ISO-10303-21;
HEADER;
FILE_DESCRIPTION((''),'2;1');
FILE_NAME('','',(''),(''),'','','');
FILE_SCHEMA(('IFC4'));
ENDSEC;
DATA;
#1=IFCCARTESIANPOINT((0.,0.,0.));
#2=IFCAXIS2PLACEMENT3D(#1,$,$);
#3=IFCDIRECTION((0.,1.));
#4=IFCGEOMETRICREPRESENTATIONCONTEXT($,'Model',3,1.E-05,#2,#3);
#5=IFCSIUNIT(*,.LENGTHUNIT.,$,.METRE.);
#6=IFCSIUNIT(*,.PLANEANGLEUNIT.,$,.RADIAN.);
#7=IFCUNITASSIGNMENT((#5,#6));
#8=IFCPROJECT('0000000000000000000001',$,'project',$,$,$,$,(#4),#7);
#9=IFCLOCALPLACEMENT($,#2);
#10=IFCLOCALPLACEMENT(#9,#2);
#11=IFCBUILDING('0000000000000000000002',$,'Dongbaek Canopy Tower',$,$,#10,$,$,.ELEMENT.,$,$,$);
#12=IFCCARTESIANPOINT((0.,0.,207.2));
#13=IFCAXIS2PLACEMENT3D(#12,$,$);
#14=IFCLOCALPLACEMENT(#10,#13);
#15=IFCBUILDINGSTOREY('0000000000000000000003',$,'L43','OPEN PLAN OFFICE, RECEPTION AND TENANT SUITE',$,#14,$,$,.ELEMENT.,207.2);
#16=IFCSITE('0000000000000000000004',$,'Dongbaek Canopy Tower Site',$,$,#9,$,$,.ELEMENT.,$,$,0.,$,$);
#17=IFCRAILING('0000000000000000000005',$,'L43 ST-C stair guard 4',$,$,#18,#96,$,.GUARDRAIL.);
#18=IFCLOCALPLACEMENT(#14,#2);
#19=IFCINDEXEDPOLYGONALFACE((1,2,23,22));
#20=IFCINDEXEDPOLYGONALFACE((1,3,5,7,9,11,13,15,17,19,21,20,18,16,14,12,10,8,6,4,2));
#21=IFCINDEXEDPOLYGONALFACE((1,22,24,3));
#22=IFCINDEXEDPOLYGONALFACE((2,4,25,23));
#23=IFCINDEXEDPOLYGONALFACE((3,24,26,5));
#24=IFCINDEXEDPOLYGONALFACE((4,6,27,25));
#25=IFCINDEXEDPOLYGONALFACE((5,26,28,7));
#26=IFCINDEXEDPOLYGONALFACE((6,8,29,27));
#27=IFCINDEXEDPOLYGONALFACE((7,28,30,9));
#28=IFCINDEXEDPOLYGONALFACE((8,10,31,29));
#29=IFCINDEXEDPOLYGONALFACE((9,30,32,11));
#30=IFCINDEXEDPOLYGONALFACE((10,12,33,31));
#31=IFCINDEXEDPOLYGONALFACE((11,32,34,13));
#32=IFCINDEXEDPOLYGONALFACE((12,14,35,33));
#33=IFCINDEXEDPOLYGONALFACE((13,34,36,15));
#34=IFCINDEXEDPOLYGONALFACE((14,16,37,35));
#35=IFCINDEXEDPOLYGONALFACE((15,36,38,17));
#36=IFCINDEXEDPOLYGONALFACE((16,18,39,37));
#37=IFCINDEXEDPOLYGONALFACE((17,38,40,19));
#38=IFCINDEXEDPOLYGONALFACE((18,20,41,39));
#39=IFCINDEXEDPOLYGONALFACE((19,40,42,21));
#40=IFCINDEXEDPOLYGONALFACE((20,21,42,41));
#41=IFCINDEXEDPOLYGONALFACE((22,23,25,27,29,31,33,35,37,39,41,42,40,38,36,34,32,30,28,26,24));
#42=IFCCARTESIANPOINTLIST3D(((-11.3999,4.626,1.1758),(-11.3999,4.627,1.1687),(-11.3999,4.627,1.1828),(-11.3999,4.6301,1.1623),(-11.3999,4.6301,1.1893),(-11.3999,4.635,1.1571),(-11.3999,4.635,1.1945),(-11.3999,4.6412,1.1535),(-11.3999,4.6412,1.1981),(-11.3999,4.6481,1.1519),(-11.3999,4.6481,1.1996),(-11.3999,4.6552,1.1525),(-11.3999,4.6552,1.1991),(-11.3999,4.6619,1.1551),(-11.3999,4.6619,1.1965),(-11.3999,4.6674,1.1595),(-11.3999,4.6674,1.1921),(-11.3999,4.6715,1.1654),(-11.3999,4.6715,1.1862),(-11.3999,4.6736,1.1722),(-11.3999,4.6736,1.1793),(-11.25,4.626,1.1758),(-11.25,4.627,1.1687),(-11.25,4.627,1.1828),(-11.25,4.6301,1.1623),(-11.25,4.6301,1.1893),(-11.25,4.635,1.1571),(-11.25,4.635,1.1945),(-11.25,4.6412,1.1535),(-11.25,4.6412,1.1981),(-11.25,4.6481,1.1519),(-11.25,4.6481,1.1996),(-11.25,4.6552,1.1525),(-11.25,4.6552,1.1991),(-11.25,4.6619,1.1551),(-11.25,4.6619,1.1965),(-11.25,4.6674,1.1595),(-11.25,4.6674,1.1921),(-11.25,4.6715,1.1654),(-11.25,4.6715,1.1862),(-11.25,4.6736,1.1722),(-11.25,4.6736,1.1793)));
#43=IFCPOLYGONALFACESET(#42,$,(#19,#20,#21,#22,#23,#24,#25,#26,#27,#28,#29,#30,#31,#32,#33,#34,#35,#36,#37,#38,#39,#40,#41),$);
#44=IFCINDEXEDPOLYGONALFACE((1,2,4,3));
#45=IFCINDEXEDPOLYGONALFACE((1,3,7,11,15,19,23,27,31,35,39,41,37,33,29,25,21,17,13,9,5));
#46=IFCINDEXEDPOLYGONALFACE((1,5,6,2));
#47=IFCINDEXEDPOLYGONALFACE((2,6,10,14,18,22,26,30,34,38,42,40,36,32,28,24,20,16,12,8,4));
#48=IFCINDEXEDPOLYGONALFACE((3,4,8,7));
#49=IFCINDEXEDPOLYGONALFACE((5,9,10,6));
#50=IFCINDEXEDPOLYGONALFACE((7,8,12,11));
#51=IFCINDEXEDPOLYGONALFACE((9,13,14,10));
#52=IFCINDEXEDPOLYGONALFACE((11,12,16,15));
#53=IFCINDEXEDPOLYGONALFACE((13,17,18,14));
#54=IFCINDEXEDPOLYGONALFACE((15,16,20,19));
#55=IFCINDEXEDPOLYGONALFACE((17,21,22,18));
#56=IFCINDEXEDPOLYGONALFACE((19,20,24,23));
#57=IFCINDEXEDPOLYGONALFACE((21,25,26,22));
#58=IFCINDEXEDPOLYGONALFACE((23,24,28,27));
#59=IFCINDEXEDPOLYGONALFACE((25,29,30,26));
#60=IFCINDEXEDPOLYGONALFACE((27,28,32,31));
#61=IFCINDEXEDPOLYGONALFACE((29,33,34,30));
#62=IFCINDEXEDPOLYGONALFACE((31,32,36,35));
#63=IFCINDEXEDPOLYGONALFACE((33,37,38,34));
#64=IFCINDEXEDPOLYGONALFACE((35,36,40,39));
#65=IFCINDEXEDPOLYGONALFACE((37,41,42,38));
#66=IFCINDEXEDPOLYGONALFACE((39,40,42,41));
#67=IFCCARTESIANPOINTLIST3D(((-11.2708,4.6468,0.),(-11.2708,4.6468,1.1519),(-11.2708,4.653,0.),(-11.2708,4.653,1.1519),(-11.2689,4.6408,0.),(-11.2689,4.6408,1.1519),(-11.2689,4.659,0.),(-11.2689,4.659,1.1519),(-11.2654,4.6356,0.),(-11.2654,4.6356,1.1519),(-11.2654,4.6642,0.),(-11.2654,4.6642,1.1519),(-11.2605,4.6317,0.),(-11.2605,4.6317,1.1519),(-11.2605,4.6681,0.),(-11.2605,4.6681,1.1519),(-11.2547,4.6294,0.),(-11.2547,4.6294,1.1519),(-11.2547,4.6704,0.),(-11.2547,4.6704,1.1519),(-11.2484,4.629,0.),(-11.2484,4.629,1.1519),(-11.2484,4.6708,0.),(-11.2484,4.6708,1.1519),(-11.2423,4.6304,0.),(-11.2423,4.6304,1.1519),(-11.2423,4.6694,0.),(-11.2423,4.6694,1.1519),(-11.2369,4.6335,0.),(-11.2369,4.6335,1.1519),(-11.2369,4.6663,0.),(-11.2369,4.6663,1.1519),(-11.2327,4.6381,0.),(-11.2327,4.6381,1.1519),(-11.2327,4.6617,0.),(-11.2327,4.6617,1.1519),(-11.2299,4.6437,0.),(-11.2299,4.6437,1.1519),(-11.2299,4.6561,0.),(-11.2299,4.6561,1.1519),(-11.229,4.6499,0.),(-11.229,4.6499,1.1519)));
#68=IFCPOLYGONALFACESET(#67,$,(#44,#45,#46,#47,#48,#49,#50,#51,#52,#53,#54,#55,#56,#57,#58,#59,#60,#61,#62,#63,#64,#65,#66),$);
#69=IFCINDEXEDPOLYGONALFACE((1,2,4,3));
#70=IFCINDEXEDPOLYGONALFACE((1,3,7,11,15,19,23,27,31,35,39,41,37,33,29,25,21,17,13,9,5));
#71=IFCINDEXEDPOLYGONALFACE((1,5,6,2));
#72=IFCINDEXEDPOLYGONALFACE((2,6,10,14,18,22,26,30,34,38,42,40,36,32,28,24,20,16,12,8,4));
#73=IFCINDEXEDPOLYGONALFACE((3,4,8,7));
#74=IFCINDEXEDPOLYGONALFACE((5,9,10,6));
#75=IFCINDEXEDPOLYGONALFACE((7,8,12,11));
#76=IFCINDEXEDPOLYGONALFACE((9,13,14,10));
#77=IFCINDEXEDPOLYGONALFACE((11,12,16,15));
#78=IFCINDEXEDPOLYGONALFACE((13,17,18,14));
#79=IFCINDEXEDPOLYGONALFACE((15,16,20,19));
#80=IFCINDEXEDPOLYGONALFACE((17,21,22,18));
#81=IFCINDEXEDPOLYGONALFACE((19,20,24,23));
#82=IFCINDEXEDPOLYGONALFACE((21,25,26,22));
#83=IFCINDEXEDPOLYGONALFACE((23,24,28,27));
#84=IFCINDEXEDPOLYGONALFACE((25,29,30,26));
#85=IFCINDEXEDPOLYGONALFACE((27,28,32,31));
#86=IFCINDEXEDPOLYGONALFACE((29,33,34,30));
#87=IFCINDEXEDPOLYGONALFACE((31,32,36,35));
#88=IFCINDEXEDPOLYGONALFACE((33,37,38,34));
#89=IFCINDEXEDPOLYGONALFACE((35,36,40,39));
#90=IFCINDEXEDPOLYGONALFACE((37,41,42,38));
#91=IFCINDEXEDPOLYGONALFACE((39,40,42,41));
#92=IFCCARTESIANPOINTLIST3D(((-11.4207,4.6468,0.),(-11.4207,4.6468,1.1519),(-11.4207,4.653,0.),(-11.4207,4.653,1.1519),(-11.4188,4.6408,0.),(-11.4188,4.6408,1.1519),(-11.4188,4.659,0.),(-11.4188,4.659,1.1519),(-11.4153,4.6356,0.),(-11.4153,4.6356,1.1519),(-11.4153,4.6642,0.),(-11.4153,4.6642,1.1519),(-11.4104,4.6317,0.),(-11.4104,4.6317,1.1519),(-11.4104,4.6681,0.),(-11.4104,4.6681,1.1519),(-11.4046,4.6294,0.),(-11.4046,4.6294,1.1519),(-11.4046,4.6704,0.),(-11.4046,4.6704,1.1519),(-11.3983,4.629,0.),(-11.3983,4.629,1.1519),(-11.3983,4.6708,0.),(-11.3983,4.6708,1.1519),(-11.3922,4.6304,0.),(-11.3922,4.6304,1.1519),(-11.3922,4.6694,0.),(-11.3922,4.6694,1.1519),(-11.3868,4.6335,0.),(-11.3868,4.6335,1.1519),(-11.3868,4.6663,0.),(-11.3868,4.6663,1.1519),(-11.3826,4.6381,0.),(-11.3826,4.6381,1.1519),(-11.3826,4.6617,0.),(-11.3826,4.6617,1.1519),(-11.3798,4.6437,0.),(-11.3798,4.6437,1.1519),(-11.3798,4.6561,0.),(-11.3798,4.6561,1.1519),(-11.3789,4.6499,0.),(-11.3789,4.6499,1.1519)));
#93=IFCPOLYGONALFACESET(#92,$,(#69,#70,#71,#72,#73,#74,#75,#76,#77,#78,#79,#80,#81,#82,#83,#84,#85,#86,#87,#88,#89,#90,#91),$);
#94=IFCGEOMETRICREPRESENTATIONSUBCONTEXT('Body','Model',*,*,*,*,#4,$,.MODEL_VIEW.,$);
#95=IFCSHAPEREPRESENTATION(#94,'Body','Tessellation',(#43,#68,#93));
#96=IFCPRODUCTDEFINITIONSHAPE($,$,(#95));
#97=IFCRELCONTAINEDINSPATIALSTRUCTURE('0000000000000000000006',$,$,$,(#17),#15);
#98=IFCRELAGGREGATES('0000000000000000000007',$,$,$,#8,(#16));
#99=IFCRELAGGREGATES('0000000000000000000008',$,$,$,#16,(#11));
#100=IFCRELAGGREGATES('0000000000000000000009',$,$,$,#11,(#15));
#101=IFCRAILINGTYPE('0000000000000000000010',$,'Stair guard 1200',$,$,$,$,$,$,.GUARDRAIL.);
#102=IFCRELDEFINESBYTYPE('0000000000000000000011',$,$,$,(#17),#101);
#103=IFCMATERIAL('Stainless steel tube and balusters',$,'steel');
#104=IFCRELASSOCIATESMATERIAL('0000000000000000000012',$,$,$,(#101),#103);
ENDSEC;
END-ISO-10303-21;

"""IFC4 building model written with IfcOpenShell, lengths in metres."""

from ifc_helpers import new_model, si_unit, direction, frame, origin, origin_2d, place, context, subcontext, project, spatial, circle, extrude, material, type_object, element, save


model = new_model("IFC4")

# Units and contexts
model_context = context("Model", 3, precision=1e-05, world=origin(), true_north=direction((0.0, 1.0)))
body_context = subcontext(model_context, "Body", "Model", "MODEL_VIEW")
ifc_project = project(units=[si_unit("LENGTHUNIT", "METRE"), si_unit("PLANEANGLEUNIT", "RADIAN")], contexts=[model_context])

# Site, building, storey
site_placement = place(None, origin())
site = spatial("IfcSite", under=ifc_project, at=site_placement, Name="Dongbaek Canopy Tower Site", CompositionType="ELEMENT", RefElevation=0.0)
building_placement = place(site_placement, origin())
building = spatial("IfcBuilding", under=site, at=building_placement, Name="Dongbaek Canopy Tower", CompositionType="ELEMENT")
storey_placement = place(building_placement, frame((0.0, 0.0, 207.2)))
storey = spatial("IfcBuildingStorey", under=building, at=storey_placement, Name="L43", Description="OPEN PLAN OFFICE, RECEPTION AND TENANT SUITE", CompositionType="ELEMENT", Elevation=207.2)

# Railing
ifc_material_1 = material(Name="Stainless steel tube and balusters", Category="steel")
railing_type_1 = type_object("IfcRailingType", Name="Stair guard 1200", PredefinedType="GUARDRAIL", material=ifc_material_1)
railing_1_placement = place(storey_placement, frame((-11.25, 4.6499, 0.0)))
element("IfcRailing", 1, at=railing_1_placement, inside=storey, type_object=railing_type_1, Name="L43 ST-C stair guard 4", PredefinedType="GUARDRAIL", context=body_context, shape_type="SweptSolid", body=[
    extrude(circle(Radius=0.0239, at=origin_2d()), frame((0.0, 0.0, 1.1758), z_axis=(-1.0, 0.0, 0.0), x_axis=(0.0, -1.0, 0.0)), (0.0, 0.0, 1.0), 0.1499),
    extrude(circle(Radius=0.021, at=origin_2d()), origin(), (0.0, 0.0, 1.0), 1.1519),
    extrude(circle(Radius=0.021, at=origin_2d()), frame((-0.1499, 0.0, 0.0)), (0.0, 0.0, 1.0), 1.1519),
])

save(model, "model.ifc")
